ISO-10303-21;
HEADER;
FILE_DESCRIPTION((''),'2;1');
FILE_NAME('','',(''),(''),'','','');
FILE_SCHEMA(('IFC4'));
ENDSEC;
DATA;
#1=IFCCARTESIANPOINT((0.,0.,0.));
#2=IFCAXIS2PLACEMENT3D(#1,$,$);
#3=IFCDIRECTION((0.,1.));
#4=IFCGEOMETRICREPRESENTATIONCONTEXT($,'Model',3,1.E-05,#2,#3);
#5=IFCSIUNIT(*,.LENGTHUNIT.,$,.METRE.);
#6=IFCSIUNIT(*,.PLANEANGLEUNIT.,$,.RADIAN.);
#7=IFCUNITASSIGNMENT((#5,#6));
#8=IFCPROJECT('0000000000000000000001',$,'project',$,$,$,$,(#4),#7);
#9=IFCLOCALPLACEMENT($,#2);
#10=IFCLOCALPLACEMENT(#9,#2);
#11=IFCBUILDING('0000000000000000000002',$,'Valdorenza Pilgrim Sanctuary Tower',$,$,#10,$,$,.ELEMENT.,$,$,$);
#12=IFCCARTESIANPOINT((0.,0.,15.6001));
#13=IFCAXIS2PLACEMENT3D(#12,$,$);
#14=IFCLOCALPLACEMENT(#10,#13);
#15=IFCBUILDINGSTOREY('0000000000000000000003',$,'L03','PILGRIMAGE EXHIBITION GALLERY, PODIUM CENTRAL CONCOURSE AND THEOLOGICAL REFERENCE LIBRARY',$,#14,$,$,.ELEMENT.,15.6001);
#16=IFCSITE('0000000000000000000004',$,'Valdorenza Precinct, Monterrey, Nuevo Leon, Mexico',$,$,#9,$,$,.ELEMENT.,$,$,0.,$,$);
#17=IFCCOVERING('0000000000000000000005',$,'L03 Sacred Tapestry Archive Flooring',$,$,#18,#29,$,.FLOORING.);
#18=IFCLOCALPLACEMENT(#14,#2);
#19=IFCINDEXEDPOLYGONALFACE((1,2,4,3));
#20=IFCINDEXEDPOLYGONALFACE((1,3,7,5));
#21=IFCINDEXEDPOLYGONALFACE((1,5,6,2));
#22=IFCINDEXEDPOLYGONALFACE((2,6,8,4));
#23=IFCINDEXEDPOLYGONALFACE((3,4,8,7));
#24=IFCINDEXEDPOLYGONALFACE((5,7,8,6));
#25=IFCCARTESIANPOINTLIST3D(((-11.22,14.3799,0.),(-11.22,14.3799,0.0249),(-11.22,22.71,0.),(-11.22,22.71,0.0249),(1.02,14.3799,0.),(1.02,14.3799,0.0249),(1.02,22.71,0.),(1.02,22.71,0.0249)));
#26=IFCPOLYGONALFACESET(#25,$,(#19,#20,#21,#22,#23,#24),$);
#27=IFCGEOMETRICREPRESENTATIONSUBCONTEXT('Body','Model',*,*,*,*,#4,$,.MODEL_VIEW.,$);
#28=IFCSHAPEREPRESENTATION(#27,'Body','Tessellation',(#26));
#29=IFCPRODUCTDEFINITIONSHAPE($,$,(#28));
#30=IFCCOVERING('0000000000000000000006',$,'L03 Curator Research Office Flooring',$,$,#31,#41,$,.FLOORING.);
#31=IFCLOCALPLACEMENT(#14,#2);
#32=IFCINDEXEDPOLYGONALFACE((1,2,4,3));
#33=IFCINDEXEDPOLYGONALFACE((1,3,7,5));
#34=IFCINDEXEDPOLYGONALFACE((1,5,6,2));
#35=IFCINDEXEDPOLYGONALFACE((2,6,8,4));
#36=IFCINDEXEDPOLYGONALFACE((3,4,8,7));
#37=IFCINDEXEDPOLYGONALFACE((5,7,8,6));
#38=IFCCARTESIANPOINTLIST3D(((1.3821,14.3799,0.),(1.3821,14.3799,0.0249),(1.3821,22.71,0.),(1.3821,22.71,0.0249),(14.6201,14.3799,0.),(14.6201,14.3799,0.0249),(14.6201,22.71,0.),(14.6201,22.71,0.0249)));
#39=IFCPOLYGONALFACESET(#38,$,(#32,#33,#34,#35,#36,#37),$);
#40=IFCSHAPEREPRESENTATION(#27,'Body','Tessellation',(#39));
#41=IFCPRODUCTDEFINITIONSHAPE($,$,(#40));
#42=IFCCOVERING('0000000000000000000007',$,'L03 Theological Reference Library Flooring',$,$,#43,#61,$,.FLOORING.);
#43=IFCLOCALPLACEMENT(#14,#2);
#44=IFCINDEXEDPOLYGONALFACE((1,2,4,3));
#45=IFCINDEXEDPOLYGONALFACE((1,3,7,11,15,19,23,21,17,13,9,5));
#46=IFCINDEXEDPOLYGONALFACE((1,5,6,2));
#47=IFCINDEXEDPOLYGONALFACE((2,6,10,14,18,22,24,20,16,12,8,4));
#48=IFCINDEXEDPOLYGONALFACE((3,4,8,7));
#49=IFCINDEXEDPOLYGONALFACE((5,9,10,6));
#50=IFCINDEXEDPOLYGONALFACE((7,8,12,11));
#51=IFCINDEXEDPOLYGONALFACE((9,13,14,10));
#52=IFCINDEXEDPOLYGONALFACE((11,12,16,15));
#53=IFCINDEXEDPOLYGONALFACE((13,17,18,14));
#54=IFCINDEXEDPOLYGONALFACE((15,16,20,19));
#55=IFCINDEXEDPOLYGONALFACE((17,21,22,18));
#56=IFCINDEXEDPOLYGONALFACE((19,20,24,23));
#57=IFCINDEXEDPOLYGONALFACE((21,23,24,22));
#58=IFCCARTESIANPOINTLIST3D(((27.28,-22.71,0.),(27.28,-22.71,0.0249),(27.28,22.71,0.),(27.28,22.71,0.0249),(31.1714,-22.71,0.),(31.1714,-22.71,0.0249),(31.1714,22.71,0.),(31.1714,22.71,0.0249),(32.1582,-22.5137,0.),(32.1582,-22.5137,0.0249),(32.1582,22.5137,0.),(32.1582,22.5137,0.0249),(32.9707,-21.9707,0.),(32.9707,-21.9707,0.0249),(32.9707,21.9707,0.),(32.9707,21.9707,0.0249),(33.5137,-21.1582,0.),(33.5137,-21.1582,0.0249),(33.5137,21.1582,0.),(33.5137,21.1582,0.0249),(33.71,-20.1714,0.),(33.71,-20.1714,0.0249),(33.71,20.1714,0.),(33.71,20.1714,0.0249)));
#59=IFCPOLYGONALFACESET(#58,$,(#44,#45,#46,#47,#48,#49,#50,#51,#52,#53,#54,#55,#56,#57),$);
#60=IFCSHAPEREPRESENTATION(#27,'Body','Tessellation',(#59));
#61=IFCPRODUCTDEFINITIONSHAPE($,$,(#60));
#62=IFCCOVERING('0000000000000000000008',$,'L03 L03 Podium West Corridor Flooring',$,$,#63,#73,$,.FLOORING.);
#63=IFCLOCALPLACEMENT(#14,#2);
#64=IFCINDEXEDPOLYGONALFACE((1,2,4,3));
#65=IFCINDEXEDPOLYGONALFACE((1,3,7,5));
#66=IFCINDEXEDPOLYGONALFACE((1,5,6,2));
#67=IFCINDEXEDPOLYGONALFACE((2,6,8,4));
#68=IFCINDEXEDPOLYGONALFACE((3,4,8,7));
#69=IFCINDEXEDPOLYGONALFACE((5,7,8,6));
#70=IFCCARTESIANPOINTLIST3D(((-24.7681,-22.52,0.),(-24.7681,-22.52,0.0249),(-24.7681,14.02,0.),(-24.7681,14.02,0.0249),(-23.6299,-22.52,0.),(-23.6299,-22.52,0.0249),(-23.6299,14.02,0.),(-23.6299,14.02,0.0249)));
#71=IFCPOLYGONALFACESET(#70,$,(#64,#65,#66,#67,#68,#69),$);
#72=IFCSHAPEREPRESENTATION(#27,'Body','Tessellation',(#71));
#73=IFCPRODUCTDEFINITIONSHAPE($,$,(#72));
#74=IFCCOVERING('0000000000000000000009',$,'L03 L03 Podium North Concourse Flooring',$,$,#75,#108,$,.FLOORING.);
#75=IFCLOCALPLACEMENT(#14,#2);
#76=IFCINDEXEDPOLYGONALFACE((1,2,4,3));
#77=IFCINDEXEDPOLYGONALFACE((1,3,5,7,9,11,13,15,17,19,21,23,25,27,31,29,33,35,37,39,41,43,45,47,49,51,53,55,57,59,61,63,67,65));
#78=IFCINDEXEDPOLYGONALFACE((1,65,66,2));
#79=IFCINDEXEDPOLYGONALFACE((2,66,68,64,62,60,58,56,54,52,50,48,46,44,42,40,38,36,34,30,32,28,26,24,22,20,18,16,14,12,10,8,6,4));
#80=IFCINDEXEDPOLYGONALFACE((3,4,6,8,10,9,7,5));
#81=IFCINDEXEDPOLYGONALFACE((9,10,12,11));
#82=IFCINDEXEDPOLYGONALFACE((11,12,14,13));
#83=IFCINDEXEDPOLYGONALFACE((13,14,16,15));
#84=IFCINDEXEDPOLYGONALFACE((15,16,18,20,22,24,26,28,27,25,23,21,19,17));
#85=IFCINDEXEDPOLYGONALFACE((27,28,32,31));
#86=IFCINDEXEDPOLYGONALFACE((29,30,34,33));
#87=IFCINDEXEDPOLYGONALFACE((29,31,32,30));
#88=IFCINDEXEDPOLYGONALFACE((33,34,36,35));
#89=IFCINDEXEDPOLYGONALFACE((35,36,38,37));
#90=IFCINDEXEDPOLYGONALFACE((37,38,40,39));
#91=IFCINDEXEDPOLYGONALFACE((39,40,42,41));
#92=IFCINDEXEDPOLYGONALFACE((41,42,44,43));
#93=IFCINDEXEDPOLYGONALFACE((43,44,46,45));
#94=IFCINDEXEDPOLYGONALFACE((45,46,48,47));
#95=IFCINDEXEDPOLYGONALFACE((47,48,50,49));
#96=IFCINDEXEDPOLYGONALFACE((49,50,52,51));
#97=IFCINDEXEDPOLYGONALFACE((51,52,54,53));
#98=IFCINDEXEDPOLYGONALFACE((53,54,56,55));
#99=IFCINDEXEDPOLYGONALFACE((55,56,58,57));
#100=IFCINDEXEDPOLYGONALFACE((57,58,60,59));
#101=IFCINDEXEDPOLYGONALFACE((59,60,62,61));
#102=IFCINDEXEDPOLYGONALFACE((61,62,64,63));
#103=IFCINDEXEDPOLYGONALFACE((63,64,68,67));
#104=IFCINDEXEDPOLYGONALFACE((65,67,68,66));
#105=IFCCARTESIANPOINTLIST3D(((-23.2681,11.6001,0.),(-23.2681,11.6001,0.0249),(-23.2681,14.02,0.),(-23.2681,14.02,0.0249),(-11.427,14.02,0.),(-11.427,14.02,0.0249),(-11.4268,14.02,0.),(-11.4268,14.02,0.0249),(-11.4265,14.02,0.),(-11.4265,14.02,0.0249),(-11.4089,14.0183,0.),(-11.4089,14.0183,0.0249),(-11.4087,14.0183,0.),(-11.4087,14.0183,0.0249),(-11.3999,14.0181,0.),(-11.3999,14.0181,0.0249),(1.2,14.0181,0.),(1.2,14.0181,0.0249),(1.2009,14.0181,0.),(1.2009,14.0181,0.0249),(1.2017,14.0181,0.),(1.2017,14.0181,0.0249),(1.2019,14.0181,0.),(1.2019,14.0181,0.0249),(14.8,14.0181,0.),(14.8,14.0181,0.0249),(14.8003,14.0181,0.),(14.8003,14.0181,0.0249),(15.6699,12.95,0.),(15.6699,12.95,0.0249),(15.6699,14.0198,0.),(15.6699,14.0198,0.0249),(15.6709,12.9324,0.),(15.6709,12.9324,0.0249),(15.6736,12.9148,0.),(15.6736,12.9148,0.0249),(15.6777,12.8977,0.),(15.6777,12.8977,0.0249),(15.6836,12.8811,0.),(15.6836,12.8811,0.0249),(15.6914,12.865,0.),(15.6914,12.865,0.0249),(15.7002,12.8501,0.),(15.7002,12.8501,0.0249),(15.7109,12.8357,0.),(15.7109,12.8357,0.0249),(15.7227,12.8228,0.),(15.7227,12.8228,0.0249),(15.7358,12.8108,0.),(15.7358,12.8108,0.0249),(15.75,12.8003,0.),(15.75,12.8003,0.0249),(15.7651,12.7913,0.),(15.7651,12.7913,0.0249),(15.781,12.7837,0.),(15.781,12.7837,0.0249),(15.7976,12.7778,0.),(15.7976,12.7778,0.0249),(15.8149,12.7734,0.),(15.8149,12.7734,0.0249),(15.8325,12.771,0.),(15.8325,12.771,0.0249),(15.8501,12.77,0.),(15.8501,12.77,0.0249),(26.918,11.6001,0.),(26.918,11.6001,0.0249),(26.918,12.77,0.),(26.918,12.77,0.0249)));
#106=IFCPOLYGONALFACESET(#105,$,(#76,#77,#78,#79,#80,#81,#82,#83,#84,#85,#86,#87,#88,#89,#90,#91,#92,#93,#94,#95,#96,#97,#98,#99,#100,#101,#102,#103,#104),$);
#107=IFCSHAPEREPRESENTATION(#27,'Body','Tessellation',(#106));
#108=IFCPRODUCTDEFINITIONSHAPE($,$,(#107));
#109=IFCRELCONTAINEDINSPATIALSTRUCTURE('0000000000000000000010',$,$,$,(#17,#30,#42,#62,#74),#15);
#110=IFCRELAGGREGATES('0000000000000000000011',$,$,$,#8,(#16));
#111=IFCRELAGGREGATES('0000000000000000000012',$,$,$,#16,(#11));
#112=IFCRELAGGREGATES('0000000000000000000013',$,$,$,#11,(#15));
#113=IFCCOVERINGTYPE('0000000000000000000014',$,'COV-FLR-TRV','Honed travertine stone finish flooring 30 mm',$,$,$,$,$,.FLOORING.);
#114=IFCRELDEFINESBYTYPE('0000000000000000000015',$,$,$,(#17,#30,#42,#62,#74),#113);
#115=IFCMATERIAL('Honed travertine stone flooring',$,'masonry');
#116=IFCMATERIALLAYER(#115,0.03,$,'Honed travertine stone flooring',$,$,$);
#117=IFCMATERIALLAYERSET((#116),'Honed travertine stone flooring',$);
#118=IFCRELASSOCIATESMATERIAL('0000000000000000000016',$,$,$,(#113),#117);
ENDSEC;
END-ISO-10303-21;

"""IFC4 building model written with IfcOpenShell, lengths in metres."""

from ifc_helpers import new_model, si_unit, direction, frame, origin, place, context, subcontext, project, spatial, polyline, outline, extrude, material, layer, layer_set, type_object, element, save


model = new_model("IFC4")

# Units and contexts
model_context = context("Model", 3, precision=1e-05, world=origin(), true_north=direction((0.0, 1.0)))
body_context = subcontext(model_context, "Body", "Model", "MODEL_VIEW")
ifc_project = project(units=[si_unit("LENGTHUNIT", "METRE"), si_unit("PLANEANGLEUNIT", "RADIAN")], contexts=[model_context])

# Site, building, storey
site_placement = place(None, origin())
site = spatial("IfcSite", under=ifc_project, at=site_placement, Name="Valdorenza Precinct, Monterrey, Nuevo Leon, Mexico", CompositionType="ELEMENT", RefElevation=0.0)
building_placement = place(site_placement, origin())
building = spatial("IfcBuilding", under=site, at=building_placement, Name="Valdorenza Pilgrim Sanctuary Tower", CompositionType="ELEMENT")
storey_placement = place(building_placement, frame((0.0, 0.0, 15.6001)))
storey = spatial("IfcBuildingStorey", under=building, at=storey_placement, Name="L03", Description="PILGRIMAGE EXHIBITION GALLERY, PODIUM CENTRAL CONCOURSE AND THEOLOGICAL REFERENCE LIBRARY", CompositionType="ELEMENT", Elevation=15.6001)

# Coverings
ifc_material_1 = material(Name="Honed travertine stone flooring", Category="masonry")
ifc_layer_1 = layer(ifc_material_1, 0.03, Name="Honed travertine stone flooring")
ifc_layer_set_1 = layer_set([ifc_layer_1], Name="Honed travertine stone flooring")
covering_type_1 = type_object("IfcCoveringType", Name="COV-FLR-TRV", Description="Honed travertine stone finish flooring 30 mm", PredefinedType="FLOORING", material=ifc_layer_set_1)
covering_1_placement = place(storey_placement, origin())
element("IfcCovering", 1, at=covering_1_placement, inside=storey, type_object=covering_type_1, Name="L03 Sacred Tapestry Archive Flooring", PredefinedType="FLOORING", context=body_context, shape_type="SweptSolid", body=[
    extrude(outline(polyline([(-11.22, 14.3799), (-11.22, 22.71), (1.02, 22.71), (1.02, 14.3799), (-11.22, 14.3799)])), origin(), (0.0, 0.0, 1.0), 0.0249),
])
covering_2_placement = place(storey_placement, origin())
element("IfcCovering", 2, at=covering_2_placement, inside=storey, type_object=covering_type_1, Name="L03 Curator Research Office Flooring", PredefinedType="FLOORING", context=body_context, shape_type="SweptSolid", body=[
    extrude(outline(polyline([(1.3821, 14.3799), (1.3821, 22.71), (14.6201, 22.71), (14.6201, 14.3799), (1.3821, 14.3799)])), origin(), (0.0, 0.0, 1.0), 0.0249),
])
covering_3_placement = place(storey_placement, origin())
element("IfcCovering", 3, at=covering_3_placement, inside=storey, type_object=covering_type_1, Name="L03 Theological Reference Library Flooring", PredefinedType="FLOORING", context=body_context, shape_type="SweptSolid", body=[
    extrude(outline(polyline([(31.1714, 22.71), (32.1582, 22.5137), (32.9707, 21.9707), (33.5137, 21.1582), (33.71, 20.1714), (33.71, -20.1714), (33.5137, -21.1582), (32.9707, -21.9707), (32.1582, -22.5137), (31.1714, -22.71), (27.28, -22.71), (27.28, 22.71), (31.1714, 22.71)])), origin(), (0.0, 0.0, 1.0), 0.0249),
])
covering_4_placement = place(storey_placement, origin())
element("IfcCovering", 4, at=covering_4_placement, inside=storey, type_object=covering_type_1, Name="L03 L03 Podium West Corridor Flooring", PredefinedType="FLOORING", context=body_context, shape_type="SweptSolid", body=[
    extrude(outline(polyline([(-23.6299, 14.02), (-23.6299, -22.52), (-24.7681, -22.52), (-24.7681, 14.02), (-23.6299, 14.02)])), origin(), (0.0, 0.0, 1.0), 0.0249),
])
covering_5_placement = place(storey_placement, origin())
element("IfcCovering", 5, at=covering_5_placement, inside=storey, type_object=covering_type_1, Name="L03 L03 Podium North Concourse Flooring", PredefinedType="FLOORING", context=body_context, shape_type="SweptSolid", body=[
    extrude(outline(polyline([(-23.2681, 11.6001), (-23.2681, 14.02), (-11.427, 14.02), (-11.4268, 14.02), (-11.4265, 14.02), (-11.4089, 14.0183), (-11.4087, 14.0183), (-11.3999, 14.0181), (1.2, 14.0181), (1.2009, 14.0181), (1.2017, 14.0181), (1.2019, 14.0181), (14.8, 14.0181), (14.8003, 14.0181), (15.6699, 14.0198), (15.6699, 12.95), (15.6709, 12.9324), (15.6736, 12.9148), (15.6777, 12.8977), (15.6836, 12.8811), (15.6914, 12.865), (15.7002, 12.8501), (15.7109, 12.8357), (15.7227, 12.8228), (15.7358, 12.8108), (15.75, 12.8003), (15.7651, 12.7913), (15.781, 12.7837), (15.7976, 12.7778), (15.8149, 12.7734), (15.8325, 12.771), (15.8501, 12.77), (26.918, 12.77), (26.918, 11.6001), (-23.2681, 11.6001)])), origin(), (0.0, 0.0, 1.0), 0.0249),
])

save(model, "model.ifc")
